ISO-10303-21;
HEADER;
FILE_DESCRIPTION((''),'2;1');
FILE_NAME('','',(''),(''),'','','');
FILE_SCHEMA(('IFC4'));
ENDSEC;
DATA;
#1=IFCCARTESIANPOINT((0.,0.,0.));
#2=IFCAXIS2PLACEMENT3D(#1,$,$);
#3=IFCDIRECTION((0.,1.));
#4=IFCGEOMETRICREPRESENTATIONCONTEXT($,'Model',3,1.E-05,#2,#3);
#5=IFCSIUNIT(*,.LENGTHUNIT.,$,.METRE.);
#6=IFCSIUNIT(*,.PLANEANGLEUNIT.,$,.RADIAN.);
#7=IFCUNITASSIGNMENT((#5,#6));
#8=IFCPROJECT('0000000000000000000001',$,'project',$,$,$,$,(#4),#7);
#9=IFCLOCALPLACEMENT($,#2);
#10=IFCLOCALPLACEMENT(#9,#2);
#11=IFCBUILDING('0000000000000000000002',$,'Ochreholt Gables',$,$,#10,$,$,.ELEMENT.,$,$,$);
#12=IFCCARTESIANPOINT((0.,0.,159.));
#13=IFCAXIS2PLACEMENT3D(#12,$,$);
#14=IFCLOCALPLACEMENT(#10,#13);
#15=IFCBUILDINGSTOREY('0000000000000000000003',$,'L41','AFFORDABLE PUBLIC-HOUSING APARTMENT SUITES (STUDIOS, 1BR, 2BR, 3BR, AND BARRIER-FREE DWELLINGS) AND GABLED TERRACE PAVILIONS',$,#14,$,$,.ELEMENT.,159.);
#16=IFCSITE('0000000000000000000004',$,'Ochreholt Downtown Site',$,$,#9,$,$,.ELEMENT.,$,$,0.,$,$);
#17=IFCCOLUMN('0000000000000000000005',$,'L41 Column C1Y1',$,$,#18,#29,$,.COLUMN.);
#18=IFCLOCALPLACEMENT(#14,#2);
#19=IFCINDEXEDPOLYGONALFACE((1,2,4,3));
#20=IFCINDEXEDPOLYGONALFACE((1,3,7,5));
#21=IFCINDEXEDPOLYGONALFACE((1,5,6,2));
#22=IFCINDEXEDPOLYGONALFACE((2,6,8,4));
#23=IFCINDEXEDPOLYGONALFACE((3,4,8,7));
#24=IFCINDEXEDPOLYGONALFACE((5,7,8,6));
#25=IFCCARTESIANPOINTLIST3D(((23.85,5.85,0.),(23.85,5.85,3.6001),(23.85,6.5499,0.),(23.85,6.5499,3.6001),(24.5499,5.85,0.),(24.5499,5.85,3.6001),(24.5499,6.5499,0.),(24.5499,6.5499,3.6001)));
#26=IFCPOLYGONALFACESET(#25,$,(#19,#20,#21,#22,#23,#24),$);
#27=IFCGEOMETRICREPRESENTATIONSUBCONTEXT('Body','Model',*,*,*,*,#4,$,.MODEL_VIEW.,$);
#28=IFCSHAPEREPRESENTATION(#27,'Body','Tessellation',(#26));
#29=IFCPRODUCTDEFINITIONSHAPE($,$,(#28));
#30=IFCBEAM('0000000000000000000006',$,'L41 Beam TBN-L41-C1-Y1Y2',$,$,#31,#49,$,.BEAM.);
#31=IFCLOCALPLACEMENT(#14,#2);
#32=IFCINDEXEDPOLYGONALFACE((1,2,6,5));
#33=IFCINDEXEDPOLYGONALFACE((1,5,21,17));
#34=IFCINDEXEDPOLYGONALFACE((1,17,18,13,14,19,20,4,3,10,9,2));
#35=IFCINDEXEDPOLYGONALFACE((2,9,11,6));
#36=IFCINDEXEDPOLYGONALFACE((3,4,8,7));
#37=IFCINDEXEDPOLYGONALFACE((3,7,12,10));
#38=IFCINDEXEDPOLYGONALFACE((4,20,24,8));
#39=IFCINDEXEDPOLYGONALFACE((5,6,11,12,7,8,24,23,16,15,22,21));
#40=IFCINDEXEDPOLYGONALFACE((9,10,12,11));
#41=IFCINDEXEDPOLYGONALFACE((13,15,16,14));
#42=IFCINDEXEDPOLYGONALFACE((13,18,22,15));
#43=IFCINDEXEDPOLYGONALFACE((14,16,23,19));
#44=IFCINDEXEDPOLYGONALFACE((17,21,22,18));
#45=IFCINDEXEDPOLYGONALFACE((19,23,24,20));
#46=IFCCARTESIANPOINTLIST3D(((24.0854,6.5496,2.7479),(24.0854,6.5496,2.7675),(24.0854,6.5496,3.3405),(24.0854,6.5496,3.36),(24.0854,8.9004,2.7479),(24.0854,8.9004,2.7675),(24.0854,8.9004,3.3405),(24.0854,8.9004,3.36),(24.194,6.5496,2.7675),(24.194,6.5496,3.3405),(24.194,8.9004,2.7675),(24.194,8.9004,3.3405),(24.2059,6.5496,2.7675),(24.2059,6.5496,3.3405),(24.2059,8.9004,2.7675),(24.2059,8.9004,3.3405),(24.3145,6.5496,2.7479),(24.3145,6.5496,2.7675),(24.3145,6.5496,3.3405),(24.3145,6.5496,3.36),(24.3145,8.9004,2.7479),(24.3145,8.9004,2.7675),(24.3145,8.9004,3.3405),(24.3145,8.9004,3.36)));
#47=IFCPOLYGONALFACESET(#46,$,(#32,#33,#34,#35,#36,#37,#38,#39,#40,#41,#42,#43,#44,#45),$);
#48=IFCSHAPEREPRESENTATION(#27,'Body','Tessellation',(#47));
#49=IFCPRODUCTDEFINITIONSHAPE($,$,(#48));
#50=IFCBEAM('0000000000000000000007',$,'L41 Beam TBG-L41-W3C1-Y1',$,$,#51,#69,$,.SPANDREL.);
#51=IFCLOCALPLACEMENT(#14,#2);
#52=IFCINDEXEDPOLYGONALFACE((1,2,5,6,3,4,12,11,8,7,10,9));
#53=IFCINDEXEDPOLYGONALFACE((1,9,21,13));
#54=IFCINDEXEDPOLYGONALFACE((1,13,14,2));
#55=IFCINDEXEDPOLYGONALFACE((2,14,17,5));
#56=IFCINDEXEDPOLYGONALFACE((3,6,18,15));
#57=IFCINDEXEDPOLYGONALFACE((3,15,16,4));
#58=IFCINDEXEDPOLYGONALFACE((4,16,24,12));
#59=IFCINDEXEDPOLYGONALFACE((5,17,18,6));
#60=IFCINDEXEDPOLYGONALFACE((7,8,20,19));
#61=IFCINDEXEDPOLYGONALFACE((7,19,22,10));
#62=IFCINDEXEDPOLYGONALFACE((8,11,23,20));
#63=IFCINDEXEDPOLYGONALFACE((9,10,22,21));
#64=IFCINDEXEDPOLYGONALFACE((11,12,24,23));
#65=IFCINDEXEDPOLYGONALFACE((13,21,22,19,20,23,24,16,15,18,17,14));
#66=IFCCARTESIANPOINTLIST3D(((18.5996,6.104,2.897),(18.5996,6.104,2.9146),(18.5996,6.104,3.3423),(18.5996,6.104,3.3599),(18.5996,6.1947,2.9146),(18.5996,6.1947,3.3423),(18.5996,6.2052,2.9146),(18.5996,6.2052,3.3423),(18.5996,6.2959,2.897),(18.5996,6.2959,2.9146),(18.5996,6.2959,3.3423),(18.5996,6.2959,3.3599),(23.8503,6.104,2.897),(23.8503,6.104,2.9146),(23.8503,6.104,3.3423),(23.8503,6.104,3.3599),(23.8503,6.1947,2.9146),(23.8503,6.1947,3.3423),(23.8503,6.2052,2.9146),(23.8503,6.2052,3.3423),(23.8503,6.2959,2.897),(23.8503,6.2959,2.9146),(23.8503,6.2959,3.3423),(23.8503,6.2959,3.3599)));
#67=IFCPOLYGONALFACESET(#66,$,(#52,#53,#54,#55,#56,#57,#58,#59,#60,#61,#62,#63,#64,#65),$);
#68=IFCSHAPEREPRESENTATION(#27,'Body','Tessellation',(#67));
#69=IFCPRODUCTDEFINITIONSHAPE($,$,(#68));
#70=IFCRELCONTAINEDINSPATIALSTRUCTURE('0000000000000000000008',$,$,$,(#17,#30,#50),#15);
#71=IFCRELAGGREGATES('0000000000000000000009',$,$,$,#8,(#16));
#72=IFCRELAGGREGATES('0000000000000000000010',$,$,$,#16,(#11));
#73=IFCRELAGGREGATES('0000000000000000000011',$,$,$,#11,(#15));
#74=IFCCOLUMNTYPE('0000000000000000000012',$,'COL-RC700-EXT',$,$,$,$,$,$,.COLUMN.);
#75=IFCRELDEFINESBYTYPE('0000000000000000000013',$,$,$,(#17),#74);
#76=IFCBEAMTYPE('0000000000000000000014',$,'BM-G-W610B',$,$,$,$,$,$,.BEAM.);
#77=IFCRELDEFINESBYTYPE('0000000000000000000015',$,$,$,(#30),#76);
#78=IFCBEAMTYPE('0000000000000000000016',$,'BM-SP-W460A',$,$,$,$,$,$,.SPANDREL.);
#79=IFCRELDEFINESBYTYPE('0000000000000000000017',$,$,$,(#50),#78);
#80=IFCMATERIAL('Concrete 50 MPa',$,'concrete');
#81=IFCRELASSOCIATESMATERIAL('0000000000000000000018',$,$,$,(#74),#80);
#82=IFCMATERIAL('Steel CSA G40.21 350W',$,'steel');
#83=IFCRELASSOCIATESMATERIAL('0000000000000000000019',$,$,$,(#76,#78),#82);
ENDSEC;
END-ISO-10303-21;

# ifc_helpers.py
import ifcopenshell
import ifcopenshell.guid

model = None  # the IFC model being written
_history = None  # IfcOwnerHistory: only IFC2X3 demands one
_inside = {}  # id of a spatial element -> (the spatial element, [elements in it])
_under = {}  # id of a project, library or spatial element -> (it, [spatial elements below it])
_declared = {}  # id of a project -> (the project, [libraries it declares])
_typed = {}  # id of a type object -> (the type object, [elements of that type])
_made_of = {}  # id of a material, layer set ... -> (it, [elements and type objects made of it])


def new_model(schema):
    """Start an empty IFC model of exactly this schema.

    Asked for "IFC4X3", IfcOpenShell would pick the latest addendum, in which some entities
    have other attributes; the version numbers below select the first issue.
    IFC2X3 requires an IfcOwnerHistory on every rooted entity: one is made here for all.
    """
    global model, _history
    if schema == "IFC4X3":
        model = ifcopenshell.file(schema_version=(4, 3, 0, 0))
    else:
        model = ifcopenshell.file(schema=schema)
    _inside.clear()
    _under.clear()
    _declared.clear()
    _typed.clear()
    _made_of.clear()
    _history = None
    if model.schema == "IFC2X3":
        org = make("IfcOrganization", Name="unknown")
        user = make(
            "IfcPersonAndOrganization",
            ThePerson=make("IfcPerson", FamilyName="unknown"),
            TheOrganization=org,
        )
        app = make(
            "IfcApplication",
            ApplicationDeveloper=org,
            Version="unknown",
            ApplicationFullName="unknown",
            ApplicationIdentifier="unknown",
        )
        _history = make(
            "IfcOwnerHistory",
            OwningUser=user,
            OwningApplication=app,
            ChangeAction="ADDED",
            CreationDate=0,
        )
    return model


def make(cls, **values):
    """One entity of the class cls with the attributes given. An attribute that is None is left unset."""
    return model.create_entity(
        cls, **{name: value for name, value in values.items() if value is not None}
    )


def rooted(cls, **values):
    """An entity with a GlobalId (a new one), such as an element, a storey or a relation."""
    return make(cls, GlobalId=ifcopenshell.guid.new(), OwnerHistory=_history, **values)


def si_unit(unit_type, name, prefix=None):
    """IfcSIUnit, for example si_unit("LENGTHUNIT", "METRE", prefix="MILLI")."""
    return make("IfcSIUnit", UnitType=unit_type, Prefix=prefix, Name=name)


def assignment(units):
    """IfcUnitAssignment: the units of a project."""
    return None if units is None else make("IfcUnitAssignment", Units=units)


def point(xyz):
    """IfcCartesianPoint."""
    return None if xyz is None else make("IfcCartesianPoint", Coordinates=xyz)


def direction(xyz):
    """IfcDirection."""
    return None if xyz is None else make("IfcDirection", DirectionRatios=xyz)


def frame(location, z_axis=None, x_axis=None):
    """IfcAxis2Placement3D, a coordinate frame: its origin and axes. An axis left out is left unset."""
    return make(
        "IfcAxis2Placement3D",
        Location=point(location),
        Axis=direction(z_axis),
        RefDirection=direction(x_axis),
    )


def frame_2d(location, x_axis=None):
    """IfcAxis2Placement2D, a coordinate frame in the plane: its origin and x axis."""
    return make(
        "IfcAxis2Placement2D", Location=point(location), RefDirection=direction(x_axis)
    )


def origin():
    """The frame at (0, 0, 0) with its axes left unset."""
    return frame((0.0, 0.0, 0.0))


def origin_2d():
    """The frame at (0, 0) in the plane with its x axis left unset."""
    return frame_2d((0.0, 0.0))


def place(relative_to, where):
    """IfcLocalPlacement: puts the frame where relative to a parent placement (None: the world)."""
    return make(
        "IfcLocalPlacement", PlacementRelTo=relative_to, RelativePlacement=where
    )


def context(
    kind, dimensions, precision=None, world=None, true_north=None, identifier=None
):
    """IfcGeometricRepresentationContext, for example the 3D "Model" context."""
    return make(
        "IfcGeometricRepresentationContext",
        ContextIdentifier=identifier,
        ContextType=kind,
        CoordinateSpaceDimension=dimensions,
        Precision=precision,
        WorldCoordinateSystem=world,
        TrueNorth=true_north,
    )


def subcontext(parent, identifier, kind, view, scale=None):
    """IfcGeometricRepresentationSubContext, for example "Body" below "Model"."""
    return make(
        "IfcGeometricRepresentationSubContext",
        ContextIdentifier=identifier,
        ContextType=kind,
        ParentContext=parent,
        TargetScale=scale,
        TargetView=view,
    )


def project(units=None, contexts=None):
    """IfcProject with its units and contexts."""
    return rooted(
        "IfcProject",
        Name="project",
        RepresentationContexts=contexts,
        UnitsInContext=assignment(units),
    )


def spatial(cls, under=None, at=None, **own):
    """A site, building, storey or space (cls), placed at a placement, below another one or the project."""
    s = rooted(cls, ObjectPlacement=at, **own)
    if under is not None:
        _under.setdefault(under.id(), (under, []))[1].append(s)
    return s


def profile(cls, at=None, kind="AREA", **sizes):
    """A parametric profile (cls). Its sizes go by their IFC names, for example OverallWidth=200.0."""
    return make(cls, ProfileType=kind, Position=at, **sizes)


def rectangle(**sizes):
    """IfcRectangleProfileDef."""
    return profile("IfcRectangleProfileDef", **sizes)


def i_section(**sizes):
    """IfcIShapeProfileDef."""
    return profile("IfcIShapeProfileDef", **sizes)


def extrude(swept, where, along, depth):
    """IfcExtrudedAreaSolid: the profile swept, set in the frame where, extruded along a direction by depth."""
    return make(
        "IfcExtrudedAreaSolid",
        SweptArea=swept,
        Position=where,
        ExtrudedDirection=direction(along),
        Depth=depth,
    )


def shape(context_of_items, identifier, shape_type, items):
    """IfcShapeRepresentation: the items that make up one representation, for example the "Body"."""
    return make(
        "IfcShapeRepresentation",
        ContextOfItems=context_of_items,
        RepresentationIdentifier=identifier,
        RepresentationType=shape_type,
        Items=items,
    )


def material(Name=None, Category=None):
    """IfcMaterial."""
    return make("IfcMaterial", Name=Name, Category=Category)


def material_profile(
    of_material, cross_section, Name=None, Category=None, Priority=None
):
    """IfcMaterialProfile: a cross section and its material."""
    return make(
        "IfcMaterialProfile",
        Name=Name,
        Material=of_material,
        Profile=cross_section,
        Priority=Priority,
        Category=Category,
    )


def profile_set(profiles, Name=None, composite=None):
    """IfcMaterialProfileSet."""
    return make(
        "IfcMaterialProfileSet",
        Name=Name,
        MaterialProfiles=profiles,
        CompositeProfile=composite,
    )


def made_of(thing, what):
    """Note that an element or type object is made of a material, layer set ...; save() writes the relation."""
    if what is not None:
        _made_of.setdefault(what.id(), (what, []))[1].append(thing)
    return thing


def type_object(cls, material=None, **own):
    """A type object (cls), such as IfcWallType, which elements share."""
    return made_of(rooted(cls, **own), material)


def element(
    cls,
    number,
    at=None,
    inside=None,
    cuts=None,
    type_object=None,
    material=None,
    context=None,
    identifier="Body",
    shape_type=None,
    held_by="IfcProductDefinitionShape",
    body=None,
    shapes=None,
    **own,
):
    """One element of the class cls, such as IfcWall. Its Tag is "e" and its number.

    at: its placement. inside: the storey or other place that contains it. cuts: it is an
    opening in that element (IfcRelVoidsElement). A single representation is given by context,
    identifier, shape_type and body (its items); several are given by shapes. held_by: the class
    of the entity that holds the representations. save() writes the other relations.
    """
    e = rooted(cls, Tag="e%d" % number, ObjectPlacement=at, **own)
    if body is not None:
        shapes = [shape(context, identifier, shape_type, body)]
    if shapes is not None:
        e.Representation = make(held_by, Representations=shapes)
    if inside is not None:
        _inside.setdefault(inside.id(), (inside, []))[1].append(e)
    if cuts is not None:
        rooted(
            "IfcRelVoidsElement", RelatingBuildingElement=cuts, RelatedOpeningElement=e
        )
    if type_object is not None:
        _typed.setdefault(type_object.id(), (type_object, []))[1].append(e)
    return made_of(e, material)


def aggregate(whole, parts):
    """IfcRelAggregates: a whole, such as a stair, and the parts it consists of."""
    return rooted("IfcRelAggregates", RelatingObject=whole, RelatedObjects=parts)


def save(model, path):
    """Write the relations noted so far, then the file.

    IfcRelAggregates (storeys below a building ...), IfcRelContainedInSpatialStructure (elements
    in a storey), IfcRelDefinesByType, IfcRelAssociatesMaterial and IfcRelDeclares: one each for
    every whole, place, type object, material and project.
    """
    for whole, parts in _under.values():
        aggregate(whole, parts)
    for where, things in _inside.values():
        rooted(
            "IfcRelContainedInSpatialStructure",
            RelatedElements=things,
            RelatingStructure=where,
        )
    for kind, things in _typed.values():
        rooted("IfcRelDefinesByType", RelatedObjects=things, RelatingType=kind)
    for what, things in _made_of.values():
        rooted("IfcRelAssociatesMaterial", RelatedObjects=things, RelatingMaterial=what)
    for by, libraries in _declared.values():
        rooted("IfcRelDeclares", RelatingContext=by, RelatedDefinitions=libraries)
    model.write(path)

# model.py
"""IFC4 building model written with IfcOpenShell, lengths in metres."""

from ifc_helpers import new_model, si_unit, direction, frame, origin, origin_2d, place, context, subcontext, project, spatial, rectangle, i_section, extrude, material, material_profile, profile_set, type_object, element, save


model = new_model("IFC4")

# Units and contexts
model_context = context("Model", 3, precision=1e-05, world=origin(), true_north=direction((0.0, 1.0)))
body_context = subcontext(model_context, "Body", "Model", "MODEL_VIEW")
ifc_project = project(units=[si_unit("LENGTHUNIT", "METRE"), si_unit("PLANEANGLEUNIT", "RADIAN")], contexts=[model_context])

# Site, building, storey
site_placement = place(None, origin())
site = spatial("IfcSite", under=ifc_project, at=site_placement, Name="Ochreholt Downtown Site", CompositionType="ELEMENT", RefElevation=0.0)
building_placement = place(site_placement, origin())
building = spatial("IfcBuilding", under=site, at=building_placement, Name="Ochreholt Gables", CompositionType="ELEMENT")
storey_placement = place(building_placement, frame((0.0, 0.0, 159.0)))
storey = spatial("IfcBuildingStorey", under=building, at=storey_placement, Name="L41", Description="AFFORDABLE PUBLIC-HOUSING APARTMENT SUITES (STUDIOS, 1BR, 2BR, 3BR, AND BARRIER-FREE DWELLINGS) AND GABLED TERRACE PAVILIONS", CompositionType="ELEMENT", Elevation=159.0)

# Column
ifc_material_1 = material(Name="Concrete 50 MPa", Category="concrete")
ifc_material_profile_1 = material_profile(ifc_material_1, rectangle(XDim=0.7, YDim=0.7, at=origin_2d()), Name="RC700X700")
ifc_profile_set_1 = profile_set([ifc_material_profile_1], Name="Concrete 50 MPa")
column_type = type_object("IfcColumnType", Name="COL-RC700-EXT", PredefinedType="COLUMN", material=ifc_profile_set_1)
column_placement = place(storey_placement, frame((24.2, 6.2, 0.0), z_axis=(0.0, 0.0, 1.0), x_axis=(1.0, 0.0, 0.0)))
element("IfcColumn", 1, at=column_placement, inside=storey, type_object=column_type, Name="L41 Column C1Y1", PredefinedType="COLUMN", context=body_context, shape_type="SweptSolid", body=[
    extrude(rectangle(XDim=0.7, YDim=0.7, at=origin_2d()), origin(), (0.0, 0.0, 1.0), 3.6001),
])

# Beams
ifc_material_2 = material(Name="Steel CSA G40.21 350W", Category="steel")
ifc_material_profile_2 = material_profile(ifc_material_2, i_section(OverallWidth=0.229, OverallDepth=0.6121, WebThickness=0.012, FlangeThickness=0.0195, at=origin_2d()), Name="W610X125")
ifc_profile_set_2 = profile_set([ifc_material_profile_2], Name="Steel CSA G40.21 350W")
beam_type_1 = type_object("IfcBeamType", Name="BM-G-W610B", PredefinedType="BEAM", material=ifc_profile_set_2)
beam_1_placement = place(storey_placement, frame((24.2, 6.5496, 3.054), z_axis=(0.0, 1.0, 0.0), x_axis=(-1.0, 0.0, 0.0)))
element("IfcBeam", 2, at=beam_1_placement, inside=storey, type_object=beam_type_1, Name="L41 Beam TBN-L41-C1-Y1Y2", PredefinedType="BEAM", context=body_context, shape_type="SweptSolid", body=[
    extrude(i_section(OverallWidth=0.229, OverallDepth=0.6121, WebThickness=0.012, FlangeThickness=0.0195, at=origin_2d()), origin(), (0.0, 0.0, 1.0), 2.3508),
])
ifc_material_profile_3 = material_profile(ifc_material_2, i_section(OverallWidth=0.1919, OverallDepth=0.4629, WebThickness=0.0105, FlangeThickness=0.0176, at=origin_2d()), Name="W460X89")
ifc_profile_set_3 = profile_set([ifc_material_profile_3], Name="Steel CSA G40.21 350W")
beam_type_2 = type_object("IfcBeamType", Name="BM-SP-W460A", PredefinedType="SPANDREL", material=ifc_profile_set_3)
beam_2_placement = place(storey_placement, frame((18.5996, 6.2, 3.1284), z_axis=(1.0, 0.0, 0.0), x_axis=(0.0, 1.0, 0.0)))
element("IfcBeam", 3, at=beam_2_placement, inside=storey, type_object=beam_type_2, Name="L41 Beam TBG-L41-W3C1-Y1", PredefinedType="SPANDREL", context=body_context, shape_type="SweptSolid", body=[
    extrude(i_section(OverallWidth=0.1919, OverallDepth=0.4629, WebThickness=0.0105, FlangeThickness=0.0176, at=origin_2d()), origin(), (0.0, 0.0, 1.0), 5.2507),
])

save(model, "model.ifc")
